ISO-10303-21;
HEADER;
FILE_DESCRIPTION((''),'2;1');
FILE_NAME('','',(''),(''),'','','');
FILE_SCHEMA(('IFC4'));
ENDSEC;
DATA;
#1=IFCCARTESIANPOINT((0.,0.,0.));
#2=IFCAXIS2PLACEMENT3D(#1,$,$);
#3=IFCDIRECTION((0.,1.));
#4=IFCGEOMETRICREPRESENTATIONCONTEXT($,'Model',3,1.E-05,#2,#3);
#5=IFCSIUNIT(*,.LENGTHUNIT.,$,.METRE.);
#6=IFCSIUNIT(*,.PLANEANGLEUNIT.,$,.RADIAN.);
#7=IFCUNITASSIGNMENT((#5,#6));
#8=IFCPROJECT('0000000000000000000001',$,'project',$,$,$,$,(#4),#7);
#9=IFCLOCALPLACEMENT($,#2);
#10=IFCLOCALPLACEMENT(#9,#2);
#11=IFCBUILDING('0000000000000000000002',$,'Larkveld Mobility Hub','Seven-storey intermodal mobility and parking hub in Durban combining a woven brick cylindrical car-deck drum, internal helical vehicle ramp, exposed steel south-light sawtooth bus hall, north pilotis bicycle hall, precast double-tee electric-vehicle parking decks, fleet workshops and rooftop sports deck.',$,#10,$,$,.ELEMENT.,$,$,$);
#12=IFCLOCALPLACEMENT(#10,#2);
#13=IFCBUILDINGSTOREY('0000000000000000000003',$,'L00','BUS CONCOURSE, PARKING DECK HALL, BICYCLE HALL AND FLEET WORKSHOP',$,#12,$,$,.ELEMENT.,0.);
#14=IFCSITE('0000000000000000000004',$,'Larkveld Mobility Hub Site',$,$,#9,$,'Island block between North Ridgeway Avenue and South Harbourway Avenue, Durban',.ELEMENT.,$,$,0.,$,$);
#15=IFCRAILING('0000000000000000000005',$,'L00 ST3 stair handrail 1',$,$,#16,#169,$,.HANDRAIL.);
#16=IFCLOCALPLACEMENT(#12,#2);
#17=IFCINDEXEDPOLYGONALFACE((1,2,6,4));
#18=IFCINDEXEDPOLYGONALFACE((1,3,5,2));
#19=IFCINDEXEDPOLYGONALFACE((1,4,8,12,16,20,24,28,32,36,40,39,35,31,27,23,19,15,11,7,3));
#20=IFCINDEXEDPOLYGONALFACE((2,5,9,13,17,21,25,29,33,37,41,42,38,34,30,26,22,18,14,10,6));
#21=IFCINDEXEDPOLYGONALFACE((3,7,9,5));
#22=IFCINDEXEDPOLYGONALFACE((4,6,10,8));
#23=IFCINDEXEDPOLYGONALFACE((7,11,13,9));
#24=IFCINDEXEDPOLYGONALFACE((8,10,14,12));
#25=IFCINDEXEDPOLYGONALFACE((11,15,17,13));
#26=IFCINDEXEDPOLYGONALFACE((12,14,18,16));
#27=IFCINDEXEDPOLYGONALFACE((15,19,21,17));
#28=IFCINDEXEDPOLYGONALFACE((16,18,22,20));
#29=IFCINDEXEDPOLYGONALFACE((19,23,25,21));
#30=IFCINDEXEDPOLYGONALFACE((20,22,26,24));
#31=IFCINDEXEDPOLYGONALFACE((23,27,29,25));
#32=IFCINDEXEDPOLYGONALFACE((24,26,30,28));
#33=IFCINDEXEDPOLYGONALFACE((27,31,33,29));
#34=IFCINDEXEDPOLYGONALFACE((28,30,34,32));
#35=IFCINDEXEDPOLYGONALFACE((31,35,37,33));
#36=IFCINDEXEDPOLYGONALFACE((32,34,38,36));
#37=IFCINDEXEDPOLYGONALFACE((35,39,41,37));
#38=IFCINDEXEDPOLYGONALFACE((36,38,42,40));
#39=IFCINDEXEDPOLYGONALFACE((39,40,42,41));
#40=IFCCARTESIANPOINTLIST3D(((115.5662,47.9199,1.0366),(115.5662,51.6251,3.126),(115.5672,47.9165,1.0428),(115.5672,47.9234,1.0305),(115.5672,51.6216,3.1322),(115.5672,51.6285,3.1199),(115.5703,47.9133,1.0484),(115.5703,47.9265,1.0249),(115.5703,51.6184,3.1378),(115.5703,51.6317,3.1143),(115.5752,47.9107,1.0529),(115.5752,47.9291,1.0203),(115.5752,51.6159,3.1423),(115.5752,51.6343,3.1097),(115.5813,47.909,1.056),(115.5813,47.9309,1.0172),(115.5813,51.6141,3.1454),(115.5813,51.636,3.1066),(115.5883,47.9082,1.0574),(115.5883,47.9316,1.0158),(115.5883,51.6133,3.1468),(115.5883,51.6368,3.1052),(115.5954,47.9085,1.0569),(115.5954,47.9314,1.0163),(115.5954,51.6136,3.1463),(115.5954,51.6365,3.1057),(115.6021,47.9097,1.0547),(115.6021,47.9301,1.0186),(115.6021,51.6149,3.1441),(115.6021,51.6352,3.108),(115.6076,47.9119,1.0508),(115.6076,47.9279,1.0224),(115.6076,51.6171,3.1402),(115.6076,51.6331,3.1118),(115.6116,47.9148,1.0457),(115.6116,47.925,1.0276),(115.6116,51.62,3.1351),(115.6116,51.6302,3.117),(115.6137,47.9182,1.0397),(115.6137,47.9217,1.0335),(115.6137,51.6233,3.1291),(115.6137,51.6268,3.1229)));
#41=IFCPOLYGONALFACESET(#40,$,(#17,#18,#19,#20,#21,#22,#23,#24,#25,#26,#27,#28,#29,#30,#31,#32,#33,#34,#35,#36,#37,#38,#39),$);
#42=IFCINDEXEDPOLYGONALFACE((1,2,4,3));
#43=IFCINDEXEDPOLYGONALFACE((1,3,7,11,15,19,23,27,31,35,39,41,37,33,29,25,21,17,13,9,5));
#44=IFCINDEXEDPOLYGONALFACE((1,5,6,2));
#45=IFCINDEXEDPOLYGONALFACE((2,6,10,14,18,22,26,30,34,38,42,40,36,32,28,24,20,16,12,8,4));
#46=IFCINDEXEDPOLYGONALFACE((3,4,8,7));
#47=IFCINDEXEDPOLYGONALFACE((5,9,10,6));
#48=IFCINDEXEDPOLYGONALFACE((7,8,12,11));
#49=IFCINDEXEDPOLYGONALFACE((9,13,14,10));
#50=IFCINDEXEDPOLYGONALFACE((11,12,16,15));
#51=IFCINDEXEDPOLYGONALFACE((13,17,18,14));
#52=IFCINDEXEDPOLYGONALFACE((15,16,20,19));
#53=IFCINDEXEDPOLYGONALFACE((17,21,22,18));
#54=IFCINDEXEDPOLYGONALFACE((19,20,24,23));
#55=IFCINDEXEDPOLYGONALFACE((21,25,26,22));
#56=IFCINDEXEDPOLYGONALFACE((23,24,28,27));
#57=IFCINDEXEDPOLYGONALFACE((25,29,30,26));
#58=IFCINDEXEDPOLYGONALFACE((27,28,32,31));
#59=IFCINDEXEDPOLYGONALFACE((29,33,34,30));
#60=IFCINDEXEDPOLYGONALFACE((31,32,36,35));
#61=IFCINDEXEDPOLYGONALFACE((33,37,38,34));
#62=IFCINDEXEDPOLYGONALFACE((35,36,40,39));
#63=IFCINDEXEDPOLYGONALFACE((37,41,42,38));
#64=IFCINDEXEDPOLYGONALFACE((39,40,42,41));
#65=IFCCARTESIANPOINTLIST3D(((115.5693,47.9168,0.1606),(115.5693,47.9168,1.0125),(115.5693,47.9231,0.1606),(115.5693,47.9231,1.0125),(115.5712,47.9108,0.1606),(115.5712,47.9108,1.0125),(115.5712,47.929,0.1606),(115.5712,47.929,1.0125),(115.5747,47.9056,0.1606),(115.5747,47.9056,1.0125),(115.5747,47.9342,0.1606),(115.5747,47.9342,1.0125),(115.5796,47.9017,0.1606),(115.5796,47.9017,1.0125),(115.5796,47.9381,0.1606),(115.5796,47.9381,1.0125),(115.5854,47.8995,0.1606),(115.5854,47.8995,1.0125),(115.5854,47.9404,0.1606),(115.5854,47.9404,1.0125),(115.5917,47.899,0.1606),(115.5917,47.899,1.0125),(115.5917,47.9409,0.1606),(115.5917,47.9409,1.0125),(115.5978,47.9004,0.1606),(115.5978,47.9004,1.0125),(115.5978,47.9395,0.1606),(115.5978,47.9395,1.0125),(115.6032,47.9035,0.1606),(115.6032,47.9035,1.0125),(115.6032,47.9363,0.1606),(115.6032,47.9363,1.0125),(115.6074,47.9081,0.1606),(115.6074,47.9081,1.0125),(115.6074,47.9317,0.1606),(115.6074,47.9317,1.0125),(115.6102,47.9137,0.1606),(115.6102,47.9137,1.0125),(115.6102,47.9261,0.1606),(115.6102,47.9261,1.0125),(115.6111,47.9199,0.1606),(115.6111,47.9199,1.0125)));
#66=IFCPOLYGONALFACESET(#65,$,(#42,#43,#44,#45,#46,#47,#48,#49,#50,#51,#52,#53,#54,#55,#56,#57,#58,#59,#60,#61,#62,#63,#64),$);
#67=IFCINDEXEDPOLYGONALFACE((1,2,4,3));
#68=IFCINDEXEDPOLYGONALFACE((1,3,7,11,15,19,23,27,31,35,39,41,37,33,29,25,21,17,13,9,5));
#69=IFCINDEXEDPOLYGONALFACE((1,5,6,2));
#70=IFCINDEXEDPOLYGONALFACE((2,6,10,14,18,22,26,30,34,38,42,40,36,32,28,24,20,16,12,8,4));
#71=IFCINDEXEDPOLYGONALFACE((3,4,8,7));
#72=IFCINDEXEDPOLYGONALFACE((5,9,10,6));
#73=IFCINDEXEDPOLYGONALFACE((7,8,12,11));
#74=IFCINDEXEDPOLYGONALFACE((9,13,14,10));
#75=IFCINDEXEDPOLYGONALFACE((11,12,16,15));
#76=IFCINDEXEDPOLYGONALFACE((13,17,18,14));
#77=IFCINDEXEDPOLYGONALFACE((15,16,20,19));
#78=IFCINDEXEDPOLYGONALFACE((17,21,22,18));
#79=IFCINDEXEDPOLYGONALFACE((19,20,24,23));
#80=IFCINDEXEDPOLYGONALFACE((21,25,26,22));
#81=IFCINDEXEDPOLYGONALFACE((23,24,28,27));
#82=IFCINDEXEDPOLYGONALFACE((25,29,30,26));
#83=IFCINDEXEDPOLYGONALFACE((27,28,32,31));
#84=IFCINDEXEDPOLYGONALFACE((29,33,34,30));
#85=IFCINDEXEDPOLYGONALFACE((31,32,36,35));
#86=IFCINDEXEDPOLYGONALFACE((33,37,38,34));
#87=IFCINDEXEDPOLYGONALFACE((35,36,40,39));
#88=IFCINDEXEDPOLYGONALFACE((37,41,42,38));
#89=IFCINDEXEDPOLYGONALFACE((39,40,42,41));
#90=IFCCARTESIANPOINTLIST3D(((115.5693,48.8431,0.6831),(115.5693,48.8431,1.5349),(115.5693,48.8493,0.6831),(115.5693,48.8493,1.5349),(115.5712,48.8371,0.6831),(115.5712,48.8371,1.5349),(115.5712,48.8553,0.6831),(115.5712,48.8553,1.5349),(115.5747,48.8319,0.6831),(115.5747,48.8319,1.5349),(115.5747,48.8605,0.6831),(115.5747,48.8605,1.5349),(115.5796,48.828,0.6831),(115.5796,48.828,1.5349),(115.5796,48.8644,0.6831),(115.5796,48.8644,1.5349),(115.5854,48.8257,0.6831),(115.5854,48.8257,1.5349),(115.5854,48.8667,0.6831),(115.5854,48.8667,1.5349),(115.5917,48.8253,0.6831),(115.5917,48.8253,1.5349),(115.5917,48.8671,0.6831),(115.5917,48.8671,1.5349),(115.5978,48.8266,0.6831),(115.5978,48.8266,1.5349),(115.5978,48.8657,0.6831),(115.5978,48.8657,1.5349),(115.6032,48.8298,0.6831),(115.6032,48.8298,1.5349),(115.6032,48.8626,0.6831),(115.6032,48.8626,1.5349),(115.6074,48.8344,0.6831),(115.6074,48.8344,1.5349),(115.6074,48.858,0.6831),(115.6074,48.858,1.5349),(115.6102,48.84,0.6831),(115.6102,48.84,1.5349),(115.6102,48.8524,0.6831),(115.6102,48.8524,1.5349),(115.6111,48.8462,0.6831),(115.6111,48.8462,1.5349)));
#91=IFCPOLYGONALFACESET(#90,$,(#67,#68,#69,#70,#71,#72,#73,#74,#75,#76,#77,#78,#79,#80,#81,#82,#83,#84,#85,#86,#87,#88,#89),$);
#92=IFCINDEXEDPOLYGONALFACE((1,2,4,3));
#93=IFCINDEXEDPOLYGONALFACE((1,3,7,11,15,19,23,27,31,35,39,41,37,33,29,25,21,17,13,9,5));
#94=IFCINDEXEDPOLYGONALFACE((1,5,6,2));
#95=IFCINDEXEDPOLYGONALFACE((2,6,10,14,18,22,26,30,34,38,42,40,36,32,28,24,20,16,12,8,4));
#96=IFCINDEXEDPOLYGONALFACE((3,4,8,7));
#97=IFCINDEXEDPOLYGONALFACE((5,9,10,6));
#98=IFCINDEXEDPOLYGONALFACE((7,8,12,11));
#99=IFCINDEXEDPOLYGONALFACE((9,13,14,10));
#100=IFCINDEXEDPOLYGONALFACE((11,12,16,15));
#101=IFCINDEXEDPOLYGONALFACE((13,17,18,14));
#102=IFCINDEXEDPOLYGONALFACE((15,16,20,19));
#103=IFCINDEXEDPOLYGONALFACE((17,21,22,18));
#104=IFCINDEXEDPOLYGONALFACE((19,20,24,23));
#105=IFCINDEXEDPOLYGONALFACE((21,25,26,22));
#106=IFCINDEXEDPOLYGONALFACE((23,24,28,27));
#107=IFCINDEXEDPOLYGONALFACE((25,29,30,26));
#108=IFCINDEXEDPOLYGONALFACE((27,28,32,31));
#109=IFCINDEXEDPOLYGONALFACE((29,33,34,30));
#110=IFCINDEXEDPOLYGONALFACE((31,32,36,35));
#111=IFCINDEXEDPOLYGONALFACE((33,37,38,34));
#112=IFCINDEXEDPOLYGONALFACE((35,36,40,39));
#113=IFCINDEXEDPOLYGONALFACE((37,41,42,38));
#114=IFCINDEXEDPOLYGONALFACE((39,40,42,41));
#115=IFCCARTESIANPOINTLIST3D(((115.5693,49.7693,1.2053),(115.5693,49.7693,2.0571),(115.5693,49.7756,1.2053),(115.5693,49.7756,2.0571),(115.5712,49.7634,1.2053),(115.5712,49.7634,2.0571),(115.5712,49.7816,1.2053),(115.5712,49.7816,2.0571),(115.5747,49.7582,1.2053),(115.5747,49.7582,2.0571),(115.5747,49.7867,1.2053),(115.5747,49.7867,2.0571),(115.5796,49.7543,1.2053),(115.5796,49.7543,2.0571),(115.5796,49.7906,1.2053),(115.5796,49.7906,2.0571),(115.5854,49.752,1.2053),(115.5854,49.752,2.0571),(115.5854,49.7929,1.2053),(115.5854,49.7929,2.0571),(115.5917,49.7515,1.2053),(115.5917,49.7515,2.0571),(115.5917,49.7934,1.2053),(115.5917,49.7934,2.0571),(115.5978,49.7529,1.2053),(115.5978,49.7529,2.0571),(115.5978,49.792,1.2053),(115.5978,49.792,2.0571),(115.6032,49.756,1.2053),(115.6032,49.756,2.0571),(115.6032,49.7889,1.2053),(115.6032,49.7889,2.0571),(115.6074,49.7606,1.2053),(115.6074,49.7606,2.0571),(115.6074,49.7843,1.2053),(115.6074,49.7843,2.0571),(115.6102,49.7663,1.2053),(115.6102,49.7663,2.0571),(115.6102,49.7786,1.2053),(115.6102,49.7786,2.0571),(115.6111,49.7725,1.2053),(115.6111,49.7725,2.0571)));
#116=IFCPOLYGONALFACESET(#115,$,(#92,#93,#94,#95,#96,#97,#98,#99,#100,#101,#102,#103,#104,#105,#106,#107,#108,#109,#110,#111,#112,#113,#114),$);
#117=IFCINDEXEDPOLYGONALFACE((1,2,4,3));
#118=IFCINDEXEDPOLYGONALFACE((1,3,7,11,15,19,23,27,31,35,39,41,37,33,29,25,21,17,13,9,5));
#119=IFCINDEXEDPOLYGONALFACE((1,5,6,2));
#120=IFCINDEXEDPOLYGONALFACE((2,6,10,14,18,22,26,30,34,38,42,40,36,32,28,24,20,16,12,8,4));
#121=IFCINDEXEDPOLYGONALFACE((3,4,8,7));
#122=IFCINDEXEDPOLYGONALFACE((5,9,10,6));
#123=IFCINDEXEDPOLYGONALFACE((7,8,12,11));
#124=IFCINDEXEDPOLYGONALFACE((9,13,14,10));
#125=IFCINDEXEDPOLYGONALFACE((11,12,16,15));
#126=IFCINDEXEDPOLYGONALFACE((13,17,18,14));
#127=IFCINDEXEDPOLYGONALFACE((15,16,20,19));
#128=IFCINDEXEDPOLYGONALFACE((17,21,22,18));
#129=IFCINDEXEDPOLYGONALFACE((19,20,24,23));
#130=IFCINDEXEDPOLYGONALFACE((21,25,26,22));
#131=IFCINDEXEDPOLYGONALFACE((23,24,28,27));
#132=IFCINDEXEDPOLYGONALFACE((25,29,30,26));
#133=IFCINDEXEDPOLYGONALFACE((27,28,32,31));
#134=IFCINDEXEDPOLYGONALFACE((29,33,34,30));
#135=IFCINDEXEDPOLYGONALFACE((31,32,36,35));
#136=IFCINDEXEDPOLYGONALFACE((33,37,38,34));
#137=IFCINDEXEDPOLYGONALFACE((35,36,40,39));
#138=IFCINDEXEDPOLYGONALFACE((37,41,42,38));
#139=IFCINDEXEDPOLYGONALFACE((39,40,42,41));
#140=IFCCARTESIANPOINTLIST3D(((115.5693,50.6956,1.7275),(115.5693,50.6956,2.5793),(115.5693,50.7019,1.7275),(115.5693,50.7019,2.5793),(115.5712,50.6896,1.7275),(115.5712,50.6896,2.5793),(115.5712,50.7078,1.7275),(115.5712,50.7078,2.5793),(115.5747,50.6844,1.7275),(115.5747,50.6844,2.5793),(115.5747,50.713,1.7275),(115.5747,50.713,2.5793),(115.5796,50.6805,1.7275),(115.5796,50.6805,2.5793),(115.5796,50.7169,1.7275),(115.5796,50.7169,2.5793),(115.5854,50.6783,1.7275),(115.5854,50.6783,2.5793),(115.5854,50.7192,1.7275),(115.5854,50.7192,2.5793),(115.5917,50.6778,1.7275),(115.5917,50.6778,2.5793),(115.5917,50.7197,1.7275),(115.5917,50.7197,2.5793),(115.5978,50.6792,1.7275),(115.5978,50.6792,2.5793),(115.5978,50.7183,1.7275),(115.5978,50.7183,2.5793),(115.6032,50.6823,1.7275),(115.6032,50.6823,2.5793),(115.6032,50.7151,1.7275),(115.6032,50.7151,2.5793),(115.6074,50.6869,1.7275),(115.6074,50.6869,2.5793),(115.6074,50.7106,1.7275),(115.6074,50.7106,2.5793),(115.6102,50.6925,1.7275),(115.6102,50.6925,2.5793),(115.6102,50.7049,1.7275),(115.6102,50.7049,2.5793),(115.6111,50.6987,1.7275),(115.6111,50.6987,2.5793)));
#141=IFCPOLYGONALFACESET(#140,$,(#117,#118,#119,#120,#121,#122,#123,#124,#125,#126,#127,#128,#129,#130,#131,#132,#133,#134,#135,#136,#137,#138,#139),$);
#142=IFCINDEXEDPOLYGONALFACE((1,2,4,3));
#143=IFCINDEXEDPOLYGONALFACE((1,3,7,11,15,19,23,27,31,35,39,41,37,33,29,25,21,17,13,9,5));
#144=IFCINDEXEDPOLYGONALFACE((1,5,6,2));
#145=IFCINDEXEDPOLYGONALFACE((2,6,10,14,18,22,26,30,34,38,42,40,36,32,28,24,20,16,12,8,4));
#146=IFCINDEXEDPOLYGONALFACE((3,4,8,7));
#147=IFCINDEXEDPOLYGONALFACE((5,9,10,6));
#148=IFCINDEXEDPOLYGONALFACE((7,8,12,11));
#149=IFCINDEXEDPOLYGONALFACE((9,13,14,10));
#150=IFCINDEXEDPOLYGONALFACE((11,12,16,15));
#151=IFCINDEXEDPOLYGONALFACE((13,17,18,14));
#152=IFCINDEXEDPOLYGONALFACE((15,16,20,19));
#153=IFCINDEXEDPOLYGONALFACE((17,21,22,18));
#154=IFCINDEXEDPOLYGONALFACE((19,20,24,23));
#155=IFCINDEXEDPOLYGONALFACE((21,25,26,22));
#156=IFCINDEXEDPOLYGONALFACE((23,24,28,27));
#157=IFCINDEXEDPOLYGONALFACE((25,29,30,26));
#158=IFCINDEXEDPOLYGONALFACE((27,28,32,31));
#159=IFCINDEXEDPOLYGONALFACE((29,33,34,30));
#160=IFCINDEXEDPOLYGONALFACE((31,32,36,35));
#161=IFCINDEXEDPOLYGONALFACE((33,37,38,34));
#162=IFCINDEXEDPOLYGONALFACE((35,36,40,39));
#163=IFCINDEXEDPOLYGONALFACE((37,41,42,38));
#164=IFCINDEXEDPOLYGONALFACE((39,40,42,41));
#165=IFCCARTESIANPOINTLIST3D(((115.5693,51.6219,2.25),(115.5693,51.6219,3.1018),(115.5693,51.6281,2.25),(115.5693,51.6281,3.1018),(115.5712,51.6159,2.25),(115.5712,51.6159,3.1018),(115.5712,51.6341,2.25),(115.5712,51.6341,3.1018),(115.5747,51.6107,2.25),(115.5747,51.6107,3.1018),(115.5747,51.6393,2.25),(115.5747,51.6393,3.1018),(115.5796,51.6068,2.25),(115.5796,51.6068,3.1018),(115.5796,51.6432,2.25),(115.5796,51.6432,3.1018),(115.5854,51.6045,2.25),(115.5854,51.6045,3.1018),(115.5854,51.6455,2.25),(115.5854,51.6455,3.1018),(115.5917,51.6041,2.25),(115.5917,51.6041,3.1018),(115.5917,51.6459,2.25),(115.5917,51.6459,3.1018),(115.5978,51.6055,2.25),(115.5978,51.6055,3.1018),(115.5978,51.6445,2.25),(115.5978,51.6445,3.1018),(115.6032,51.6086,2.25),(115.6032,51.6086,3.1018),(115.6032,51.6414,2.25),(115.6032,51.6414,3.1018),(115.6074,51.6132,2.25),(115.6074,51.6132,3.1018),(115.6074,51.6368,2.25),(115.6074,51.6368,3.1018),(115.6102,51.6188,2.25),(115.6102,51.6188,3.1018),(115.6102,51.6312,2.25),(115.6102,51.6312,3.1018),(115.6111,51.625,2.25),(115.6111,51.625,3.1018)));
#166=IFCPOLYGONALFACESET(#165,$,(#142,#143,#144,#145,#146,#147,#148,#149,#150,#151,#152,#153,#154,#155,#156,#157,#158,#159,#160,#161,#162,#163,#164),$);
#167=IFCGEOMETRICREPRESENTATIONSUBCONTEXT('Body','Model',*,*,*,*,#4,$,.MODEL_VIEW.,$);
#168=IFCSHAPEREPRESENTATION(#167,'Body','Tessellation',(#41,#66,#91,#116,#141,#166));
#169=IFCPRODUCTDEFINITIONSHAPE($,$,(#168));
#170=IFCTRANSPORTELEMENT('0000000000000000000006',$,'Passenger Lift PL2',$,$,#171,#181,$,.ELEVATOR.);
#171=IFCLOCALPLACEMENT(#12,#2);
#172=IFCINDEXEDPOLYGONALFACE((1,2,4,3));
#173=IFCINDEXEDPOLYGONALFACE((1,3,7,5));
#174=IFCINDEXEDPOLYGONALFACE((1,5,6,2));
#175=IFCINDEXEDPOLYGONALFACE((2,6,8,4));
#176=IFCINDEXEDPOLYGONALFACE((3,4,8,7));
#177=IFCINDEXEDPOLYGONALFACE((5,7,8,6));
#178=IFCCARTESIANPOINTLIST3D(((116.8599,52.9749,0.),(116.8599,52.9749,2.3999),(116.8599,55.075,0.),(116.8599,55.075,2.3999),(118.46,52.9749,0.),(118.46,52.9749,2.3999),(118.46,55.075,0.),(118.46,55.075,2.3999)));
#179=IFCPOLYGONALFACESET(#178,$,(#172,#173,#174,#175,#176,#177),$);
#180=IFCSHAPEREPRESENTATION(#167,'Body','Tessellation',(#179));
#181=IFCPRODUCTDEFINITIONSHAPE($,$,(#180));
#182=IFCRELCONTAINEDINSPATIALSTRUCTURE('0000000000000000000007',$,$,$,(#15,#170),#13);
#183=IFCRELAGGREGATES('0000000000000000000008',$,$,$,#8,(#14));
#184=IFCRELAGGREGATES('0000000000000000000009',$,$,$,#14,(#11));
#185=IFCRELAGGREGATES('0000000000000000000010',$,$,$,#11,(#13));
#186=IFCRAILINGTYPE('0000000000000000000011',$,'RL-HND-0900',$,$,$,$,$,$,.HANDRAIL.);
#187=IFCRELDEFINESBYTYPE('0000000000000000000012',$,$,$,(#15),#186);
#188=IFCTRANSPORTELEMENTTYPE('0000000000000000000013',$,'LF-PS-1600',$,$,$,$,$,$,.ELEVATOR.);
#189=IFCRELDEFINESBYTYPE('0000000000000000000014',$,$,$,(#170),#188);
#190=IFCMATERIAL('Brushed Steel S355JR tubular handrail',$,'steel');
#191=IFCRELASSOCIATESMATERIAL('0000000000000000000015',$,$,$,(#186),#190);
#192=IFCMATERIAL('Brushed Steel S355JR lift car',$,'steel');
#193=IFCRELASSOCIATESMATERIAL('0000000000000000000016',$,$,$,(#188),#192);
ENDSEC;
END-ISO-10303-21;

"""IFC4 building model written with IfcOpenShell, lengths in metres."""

from ifc_helpers import new_model, si_unit, direction, frame, origin, origin_2d, place, context, subcontext, project, spatial, rectangle, circle, extrude, material, type_object, element, save


model = new_model("IFC4")

# Units and contexts
model_context = context("Model", 3, precision=1e-05, world=origin(), true_north=direction((0.0, 1.0)))
body_context = subcontext(model_context, "Body", "Model", "MODEL_VIEW")
ifc_project = project(units=[si_unit("LENGTHUNIT", "METRE"), si_unit("PLANEANGLEUNIT", "RADIAN")], contexts=[model_context])

# Site, building, storey
site_placement = place(None, origin())
site = spatial("IfcSite", under=ifc_project, at=site_placement, Name="Larkveld Mobility Hub Site", LongName="Island block between North Ridgeway Avenue and South Harbourway Avenue, Durban", CompositionType="ELEMENT", RefElevation=0.0)
building_placement = place(site_placement, origin())
building = spatial("IfcBuilding", under=site, at=building_placement, Name="Larkveld Mobility Hub", Description="Seven-storey intermodal mobility and parking hub in Durban combining a woven brick cylindrical car-deck drum, internal helical vehicle ramp, exposed steel south-light sawtooth bus hall, north pilotis bicycle hall, precast double-tee electric-vehicle parking decks, fleet workshops and rooftop sports deck.", CompositionType="ELEMENT")
storey_placement = place(building_placement, origin())
storey = spatial("IfcBuildingStorey", under=building, at=storey_placement, Name="L00", Description="BUS CONCOURSE, PARKING DECK HALL, BICYCLE HALL AND FLEET WORKSHOP", CompositionType="ELEMENT", Elevation=0.0)

# Railing
ifc_material_1 = material(Name="Brushed Steel S355JR tubular handrail", Category="steel")
railing_type = type_object("IfcRailingType", Name="RL-HND-0900", PredefinedType="HANDRAIL", material=ifc_material_1)
railing_placement = place(storey_placement, frame((115.5901, 47.9199, 0.1606)))
element("IfcRailing", 1, at=railing_placement, inside=storey, type_object=railing_type, Name="L00 ST3 stair handrail 1", PredefinedType="HANDRAIL", context=body_context, shape_type="SweptSolid", body=[
    extrude(circle(Radius=0.0239, at=origin_2d()), frame((0.0, 0.0, 0.876), z_axis=(0.0, 0.871048, 0.491198), x_axis=(-1.0, 0.0, 0.0)), (0.0, 0.0, 1.0), 4.2537),
    extrude(circle(Radius=0.021, at=origin_2d()), origin(), (0.0, 0.0, 1.0), 0.8518),
    extrude(circle(Radius=0.021, at=origin_2d()), frame((0.0, 0.9263, 0.5225)), (0.0, 0.0, 1.0), 0.8518),
    extrude(circle(Radius=0.021, at=origin_2d()), frame((0.0, 1.8525, 1.0447)), (0.0, 0.0, 1.0), 0.8518),
    extrude(circle(Radius=0.021, at=origin_2d()), frame((0.0, 2.7788, 1.5669)), (0.0, 0.0, 1.0), 0.8518),
    extrude(circle(Radius=0.021, at=origin_2d()), frame((0.0, 3.7051, 2.0894)), (0.0, 0.0, 1.0), 0.8518),
])

# Transport element
ifc_material_2 = material(Name="Brushed Steel S355JR lift car", Category="steel")
transport_element_type = type_object("IfcTransportElementType", Name="LF-PS-1600", PredefinedType="ELEVATOR", material=ifc_material_2)
transport_element_placement = place(storey_placement, frame((117.6599, 54.0249, 0.0), z_axis=(0.0, 0.0, 1.0), x_axis=(1.0, 0.0, 0.0)))
element("IfcTransportElement", 2, at=transport_element_placement, inside=storey, type_object=transport_element_type, Name="Passenger Lift PL2", PredefinedType="ELEVATOR", context=body_context, shape_type="SweptSolid", body=[
    extrude(rectangle(XDim=1.6001, YDim=2.1001, at=origin_2d()), origin(), (0.0, 0.0, 1.0), 2.3999),
])

save(model, "model.ifc")
